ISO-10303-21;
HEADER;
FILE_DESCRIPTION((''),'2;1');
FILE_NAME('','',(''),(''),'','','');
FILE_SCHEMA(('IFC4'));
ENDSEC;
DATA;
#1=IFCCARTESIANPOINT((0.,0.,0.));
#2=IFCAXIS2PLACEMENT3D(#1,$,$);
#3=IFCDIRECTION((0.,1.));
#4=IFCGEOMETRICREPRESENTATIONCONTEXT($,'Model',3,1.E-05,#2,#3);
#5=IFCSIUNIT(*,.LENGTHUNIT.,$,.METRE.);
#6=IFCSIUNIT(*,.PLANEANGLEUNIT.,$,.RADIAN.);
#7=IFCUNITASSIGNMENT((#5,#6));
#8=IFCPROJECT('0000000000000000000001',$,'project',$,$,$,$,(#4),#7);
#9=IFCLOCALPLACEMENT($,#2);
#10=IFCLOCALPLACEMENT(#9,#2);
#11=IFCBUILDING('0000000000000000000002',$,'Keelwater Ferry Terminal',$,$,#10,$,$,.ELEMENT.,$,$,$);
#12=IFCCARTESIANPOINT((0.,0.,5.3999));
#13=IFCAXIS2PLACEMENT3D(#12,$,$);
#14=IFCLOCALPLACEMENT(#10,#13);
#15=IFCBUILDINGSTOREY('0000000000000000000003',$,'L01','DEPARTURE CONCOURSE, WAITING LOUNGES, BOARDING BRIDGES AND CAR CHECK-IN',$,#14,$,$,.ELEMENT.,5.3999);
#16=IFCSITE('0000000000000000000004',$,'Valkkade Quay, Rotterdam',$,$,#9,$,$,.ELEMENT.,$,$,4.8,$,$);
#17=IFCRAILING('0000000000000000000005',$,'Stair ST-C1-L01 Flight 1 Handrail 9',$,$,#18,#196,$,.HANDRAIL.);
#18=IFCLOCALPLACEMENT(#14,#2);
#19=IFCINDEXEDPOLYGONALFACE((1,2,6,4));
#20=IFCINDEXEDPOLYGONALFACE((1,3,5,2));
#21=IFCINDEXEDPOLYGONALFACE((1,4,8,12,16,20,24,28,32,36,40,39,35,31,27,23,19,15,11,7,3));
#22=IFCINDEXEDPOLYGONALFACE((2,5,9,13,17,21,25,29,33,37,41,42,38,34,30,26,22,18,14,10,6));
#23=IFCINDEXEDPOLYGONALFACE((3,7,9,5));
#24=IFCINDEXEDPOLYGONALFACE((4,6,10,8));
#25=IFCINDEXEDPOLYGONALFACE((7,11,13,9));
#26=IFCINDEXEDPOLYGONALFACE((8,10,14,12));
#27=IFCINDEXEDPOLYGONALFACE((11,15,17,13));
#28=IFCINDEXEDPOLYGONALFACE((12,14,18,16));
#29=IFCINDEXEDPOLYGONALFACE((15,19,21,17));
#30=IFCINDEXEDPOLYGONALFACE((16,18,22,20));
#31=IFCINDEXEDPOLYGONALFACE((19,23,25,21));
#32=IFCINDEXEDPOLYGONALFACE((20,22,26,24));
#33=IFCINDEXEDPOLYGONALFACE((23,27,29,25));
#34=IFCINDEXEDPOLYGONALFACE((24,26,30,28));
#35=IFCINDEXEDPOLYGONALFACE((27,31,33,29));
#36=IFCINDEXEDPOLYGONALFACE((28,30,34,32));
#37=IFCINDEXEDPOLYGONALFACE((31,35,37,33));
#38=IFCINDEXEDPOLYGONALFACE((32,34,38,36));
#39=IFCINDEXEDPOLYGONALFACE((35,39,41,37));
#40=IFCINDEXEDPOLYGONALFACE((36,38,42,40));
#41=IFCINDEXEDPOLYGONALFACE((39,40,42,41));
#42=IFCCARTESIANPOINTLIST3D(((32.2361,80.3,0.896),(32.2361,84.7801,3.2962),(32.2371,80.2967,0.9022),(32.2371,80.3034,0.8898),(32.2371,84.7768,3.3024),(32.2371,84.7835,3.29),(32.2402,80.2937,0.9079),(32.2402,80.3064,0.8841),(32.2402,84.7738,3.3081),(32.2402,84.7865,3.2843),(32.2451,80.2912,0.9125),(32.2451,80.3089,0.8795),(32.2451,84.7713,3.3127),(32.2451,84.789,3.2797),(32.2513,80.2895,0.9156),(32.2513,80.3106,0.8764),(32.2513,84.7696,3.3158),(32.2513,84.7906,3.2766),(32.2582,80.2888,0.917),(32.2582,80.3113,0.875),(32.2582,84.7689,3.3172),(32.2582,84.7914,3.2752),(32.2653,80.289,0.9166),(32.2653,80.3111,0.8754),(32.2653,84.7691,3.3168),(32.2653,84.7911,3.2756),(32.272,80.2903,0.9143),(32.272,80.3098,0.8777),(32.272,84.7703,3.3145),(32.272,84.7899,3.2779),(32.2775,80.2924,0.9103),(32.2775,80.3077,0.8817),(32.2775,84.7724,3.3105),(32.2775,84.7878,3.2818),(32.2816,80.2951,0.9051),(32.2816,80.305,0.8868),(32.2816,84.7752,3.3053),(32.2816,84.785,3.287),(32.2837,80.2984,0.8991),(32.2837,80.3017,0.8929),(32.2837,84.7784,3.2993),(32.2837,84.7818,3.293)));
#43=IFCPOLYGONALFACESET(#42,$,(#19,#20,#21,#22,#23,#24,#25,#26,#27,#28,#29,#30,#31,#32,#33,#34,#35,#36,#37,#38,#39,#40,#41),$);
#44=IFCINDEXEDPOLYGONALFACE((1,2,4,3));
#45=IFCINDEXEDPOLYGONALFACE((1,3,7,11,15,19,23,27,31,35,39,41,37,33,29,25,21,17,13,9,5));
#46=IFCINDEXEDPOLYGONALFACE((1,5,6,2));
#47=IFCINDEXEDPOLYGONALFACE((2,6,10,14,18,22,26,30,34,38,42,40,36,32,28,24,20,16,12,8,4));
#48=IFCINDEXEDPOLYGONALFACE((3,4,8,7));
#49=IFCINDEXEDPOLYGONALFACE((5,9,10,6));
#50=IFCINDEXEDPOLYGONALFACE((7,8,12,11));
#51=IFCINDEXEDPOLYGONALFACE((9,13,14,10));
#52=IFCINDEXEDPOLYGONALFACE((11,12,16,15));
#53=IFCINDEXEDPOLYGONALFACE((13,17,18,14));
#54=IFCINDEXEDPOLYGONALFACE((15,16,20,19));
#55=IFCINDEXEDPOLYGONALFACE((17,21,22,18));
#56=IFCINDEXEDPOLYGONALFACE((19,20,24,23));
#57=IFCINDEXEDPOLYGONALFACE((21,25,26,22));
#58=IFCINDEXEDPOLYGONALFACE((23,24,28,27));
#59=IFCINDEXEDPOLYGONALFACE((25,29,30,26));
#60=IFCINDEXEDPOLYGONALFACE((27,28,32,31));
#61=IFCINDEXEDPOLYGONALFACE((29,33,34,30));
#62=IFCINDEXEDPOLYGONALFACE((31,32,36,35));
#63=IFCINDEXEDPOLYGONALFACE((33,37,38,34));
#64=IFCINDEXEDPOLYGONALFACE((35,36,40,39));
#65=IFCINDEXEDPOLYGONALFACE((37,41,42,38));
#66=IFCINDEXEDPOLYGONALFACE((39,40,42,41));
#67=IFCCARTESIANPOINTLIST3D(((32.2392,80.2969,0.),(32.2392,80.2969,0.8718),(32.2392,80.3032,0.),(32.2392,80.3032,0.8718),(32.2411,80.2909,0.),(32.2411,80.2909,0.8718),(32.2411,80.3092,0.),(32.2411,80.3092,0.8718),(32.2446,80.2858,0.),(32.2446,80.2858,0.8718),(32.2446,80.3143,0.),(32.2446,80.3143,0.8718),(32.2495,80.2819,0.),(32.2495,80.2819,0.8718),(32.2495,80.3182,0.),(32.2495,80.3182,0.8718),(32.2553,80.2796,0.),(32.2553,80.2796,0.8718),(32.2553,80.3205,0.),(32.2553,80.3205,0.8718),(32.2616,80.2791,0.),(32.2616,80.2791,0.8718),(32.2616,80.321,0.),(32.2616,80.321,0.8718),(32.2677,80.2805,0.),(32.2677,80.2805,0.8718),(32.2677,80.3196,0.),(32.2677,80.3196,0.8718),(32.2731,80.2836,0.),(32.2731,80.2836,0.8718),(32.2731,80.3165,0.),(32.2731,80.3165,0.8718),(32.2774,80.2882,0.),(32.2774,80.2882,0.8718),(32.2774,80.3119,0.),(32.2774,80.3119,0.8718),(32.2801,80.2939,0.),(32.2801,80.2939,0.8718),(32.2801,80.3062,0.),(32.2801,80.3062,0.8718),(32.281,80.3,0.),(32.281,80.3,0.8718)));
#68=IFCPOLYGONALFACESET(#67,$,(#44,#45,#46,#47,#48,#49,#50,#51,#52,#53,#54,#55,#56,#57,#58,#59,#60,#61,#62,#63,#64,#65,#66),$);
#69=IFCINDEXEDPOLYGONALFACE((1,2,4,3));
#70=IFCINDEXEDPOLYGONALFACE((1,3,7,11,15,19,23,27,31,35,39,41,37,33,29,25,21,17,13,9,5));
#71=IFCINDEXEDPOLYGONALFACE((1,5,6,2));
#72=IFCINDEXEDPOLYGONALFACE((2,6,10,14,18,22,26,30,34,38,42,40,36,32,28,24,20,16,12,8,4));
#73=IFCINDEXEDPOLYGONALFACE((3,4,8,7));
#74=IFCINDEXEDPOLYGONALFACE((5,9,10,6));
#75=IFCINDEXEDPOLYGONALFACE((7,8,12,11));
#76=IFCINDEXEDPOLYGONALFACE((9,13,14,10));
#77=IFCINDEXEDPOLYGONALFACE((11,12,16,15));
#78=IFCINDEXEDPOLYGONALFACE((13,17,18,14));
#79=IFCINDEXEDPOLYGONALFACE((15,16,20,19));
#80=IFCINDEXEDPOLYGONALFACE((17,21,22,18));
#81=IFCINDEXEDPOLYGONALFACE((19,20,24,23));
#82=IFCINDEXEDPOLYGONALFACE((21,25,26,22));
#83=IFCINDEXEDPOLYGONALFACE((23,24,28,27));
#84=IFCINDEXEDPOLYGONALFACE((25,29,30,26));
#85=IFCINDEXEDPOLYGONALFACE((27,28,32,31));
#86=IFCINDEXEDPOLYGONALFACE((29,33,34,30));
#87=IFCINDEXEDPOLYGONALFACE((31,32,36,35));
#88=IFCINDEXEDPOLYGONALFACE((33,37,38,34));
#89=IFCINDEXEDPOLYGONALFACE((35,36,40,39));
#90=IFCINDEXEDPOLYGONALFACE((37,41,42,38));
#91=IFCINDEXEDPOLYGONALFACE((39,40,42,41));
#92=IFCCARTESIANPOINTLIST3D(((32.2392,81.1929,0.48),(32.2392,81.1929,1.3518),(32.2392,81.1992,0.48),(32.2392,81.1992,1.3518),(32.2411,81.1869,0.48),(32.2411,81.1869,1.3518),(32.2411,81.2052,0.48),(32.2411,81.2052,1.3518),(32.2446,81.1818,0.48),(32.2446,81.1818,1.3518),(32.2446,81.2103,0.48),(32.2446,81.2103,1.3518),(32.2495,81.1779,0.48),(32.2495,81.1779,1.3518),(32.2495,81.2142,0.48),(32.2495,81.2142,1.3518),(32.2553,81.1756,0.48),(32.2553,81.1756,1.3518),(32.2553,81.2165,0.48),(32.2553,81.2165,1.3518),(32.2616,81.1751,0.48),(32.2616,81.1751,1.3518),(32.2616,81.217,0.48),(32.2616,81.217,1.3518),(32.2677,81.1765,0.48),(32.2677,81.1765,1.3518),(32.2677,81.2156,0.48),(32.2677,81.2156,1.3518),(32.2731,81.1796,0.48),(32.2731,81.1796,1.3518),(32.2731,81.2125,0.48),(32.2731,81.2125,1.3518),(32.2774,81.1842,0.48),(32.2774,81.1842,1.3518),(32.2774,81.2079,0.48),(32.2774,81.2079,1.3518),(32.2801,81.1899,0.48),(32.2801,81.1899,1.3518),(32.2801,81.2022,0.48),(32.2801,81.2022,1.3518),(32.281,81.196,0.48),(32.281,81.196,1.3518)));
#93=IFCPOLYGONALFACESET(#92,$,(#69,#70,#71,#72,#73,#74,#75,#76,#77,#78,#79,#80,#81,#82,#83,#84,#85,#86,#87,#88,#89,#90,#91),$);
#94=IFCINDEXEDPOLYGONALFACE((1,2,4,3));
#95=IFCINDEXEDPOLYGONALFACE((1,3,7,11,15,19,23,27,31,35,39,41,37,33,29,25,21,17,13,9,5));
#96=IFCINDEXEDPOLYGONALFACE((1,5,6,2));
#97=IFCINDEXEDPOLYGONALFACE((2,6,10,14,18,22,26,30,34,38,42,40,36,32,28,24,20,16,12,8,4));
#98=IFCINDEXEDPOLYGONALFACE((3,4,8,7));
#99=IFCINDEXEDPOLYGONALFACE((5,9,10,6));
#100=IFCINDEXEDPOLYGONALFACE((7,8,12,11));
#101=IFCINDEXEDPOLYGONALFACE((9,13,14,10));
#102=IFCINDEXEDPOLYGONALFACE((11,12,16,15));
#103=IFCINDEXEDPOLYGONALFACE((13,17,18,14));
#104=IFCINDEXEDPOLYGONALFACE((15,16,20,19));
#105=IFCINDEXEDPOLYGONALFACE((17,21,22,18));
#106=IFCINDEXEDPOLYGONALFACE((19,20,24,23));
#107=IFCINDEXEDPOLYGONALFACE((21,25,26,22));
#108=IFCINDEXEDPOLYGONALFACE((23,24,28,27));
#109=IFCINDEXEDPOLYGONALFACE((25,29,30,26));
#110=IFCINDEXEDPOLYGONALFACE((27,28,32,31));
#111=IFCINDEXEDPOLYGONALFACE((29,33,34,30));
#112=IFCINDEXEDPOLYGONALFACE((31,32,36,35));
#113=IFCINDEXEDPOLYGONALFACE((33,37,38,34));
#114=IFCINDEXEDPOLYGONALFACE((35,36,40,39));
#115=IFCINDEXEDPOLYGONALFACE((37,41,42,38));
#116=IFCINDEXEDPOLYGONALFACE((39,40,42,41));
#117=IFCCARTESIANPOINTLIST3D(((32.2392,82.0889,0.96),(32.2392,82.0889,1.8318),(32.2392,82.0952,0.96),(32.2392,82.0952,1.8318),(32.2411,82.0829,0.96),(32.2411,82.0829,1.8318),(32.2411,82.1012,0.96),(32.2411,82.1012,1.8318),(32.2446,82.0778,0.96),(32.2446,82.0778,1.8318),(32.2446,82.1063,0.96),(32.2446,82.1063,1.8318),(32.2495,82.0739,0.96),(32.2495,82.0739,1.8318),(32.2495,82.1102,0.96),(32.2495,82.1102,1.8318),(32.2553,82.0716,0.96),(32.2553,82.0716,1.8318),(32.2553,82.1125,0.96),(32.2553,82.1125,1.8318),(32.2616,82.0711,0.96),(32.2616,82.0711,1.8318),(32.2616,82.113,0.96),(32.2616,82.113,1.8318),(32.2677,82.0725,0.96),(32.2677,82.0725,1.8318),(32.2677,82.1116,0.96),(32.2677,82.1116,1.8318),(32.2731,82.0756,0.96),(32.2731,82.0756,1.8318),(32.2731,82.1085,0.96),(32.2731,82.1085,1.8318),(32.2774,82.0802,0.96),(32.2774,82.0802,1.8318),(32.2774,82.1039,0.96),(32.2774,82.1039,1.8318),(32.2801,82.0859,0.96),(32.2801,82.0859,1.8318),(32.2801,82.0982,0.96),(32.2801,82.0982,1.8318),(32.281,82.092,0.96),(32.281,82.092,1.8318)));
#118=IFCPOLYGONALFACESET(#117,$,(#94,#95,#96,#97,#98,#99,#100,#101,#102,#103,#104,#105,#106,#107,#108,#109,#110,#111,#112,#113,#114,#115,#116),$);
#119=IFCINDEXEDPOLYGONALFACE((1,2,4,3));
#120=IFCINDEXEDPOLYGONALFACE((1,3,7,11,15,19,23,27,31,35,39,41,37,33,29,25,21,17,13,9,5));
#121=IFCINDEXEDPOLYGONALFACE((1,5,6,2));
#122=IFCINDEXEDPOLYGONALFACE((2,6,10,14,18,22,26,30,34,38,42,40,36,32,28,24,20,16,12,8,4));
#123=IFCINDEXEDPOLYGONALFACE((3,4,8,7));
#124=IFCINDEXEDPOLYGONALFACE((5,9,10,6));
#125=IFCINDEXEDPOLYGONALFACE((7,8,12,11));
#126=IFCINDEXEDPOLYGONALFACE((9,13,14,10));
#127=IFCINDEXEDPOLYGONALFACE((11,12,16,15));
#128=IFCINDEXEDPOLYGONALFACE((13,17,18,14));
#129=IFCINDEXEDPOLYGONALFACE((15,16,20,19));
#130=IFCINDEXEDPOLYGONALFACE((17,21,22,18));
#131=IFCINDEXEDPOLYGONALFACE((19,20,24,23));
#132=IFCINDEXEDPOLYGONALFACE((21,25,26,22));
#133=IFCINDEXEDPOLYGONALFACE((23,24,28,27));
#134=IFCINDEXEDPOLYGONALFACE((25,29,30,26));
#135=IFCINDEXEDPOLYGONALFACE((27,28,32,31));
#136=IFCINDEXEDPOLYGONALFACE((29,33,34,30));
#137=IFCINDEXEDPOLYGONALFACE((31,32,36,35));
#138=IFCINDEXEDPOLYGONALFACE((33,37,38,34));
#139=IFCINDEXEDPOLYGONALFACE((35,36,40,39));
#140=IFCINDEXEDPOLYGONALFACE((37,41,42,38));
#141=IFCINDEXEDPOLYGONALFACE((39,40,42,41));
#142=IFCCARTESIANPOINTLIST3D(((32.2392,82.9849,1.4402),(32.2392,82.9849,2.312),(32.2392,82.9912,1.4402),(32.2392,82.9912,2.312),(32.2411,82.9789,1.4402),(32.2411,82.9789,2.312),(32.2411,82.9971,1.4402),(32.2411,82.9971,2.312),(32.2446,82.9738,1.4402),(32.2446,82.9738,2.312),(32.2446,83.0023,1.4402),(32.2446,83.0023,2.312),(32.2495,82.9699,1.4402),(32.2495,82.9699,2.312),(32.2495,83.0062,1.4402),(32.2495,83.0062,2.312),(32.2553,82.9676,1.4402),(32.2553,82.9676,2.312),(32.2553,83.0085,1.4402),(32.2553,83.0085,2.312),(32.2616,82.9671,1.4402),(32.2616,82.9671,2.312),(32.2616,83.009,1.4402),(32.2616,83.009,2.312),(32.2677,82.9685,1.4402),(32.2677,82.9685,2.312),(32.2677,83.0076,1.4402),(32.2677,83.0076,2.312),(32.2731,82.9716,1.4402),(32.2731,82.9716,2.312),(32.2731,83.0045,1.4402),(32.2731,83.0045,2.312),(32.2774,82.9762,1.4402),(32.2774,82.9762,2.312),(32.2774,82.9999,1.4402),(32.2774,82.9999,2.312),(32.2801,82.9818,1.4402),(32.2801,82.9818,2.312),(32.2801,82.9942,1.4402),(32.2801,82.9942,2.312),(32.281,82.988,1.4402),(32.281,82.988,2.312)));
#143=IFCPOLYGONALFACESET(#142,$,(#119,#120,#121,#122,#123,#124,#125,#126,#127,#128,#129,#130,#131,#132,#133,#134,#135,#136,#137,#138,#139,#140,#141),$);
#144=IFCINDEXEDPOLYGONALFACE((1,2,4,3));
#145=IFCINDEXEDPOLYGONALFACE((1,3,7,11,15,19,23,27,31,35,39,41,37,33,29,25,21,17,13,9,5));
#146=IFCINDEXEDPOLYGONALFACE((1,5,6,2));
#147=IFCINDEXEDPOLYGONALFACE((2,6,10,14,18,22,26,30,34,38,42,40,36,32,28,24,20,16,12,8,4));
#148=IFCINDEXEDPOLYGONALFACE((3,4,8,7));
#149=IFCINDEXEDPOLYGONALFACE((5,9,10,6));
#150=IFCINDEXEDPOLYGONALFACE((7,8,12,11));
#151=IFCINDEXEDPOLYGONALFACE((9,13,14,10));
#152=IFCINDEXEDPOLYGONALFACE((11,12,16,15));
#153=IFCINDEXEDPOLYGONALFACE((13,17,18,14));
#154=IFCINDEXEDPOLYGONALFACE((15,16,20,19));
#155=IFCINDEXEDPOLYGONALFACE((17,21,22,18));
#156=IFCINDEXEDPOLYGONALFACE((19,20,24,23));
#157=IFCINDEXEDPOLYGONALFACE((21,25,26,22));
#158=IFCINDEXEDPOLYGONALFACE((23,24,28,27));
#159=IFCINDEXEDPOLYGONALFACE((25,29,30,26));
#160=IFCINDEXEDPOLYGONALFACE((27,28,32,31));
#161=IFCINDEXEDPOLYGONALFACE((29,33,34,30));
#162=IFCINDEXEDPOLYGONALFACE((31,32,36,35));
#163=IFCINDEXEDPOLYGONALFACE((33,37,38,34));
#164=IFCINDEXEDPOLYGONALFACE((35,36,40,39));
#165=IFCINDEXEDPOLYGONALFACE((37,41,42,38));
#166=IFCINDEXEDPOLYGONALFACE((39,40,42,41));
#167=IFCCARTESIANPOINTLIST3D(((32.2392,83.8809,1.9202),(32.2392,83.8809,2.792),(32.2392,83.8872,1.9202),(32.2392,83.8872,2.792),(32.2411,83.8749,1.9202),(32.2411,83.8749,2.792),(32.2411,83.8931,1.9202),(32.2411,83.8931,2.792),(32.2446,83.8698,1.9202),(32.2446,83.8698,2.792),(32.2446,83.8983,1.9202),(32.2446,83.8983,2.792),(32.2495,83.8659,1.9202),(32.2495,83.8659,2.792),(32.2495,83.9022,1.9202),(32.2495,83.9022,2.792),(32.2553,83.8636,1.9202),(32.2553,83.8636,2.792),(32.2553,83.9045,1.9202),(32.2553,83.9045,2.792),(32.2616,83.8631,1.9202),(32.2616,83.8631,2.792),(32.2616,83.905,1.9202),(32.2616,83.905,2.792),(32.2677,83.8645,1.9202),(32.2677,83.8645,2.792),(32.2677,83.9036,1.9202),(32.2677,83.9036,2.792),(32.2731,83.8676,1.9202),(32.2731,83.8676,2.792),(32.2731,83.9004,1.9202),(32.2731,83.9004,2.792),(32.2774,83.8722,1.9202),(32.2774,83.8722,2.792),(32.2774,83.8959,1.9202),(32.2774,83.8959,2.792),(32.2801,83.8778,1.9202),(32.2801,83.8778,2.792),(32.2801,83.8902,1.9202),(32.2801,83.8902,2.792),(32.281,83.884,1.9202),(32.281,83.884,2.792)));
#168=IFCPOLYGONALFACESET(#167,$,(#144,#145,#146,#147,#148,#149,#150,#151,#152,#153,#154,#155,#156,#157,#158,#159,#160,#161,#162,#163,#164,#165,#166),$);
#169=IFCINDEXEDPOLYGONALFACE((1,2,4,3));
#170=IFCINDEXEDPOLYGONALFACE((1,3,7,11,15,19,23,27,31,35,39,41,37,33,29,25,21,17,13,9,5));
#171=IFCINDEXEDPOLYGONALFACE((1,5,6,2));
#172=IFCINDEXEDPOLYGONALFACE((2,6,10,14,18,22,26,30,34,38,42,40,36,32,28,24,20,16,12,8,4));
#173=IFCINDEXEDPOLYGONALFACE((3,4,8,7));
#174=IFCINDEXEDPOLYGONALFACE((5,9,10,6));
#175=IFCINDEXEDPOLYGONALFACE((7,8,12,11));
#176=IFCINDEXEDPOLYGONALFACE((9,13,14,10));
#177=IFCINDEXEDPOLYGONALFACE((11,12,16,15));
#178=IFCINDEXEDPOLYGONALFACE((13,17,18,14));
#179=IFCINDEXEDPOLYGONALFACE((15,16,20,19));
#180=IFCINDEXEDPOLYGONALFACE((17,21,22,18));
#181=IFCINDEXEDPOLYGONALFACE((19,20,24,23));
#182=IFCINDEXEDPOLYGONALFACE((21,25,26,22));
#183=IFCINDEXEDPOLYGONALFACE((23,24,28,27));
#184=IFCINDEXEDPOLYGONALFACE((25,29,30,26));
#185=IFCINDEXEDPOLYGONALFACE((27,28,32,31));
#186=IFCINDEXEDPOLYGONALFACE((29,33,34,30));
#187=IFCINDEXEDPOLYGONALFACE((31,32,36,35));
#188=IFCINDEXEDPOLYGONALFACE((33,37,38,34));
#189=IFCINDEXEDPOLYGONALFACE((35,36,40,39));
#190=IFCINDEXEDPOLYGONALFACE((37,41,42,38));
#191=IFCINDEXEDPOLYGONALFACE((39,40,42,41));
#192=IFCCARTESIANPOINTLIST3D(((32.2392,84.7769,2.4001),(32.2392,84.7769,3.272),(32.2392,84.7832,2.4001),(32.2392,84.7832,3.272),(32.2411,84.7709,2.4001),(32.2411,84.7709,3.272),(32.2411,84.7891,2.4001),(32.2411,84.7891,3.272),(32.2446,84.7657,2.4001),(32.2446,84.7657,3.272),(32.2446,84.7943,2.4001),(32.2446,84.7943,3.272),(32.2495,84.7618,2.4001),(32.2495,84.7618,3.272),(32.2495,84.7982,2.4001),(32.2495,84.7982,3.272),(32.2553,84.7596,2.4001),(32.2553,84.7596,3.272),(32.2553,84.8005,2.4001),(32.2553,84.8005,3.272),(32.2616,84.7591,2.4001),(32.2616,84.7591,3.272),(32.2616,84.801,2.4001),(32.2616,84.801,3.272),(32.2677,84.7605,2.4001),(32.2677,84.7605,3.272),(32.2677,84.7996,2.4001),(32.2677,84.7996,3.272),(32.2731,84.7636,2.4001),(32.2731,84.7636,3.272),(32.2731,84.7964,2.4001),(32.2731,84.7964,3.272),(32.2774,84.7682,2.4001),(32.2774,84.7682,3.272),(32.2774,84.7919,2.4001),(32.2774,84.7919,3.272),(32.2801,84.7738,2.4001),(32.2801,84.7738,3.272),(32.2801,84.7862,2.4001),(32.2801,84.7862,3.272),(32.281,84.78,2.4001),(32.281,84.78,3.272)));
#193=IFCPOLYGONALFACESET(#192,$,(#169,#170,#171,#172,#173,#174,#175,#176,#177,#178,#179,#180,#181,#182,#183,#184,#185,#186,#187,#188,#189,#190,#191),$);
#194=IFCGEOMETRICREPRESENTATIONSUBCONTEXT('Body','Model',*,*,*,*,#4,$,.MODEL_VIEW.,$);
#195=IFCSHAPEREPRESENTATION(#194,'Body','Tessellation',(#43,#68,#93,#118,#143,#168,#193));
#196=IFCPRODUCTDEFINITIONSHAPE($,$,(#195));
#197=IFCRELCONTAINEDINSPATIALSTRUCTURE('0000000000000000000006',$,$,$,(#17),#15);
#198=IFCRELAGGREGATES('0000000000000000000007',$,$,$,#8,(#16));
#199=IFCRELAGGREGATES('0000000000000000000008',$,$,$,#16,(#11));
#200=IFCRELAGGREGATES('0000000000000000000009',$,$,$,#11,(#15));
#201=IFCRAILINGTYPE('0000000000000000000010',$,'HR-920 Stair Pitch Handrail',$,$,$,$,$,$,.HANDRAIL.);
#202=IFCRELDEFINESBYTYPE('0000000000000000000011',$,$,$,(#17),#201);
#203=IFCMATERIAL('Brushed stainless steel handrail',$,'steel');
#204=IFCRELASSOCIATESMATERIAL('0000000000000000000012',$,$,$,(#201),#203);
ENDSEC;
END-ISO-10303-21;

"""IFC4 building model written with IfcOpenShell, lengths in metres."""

from ifc_helpers import new_model, si_unit, direction, frame, origin, origin_2d, place, context, subcontext, project, spatial, circle, extrude, material, type_object, element, save


model = new_model("IFC4")

# Units and contexts
model_context = context("Model", 3, precision=1e-05, world=origin(), true_north=direction((0.0, 1.0)))
body_context = subcontext(model_context, "Body", "Model", "MODEL_VIEW")
ifc_project = project(units=[si_unit("LENGTHUNIT", "METRE"), si_unit("PLANEANGLEUNIT", "RADIAN")], contexts=[model_context])

# Site, building, storey
site_placement = place(None, origin())
site = spatial("IfcSite", under=ifc_project, at=site_placement, Name="Valkkade Quay, Rotterdam", CompositionType="ELEMENT", RefElevation=4.8)
building_placement = place(site_placement, origin())
building = spatial("IfcBuilding", under=site, at=building_placement, Name="Keelwater Ferry Terminal", CompositionType="ELEMENT")
storey_placement = place(building_placement, frame((0.0, 0.0, 5.3999)))
storey = spatial("IfcBuildingStorey", under=building, at=storey_placement, Name="L01", Description="DEPARTURE CONCOURSE, WAITING LOUNGES, BOARDING BRIDGES AND CAR CHECK-IN", CompositionType="ELEMENT", Elevation=5.3999)

# Railing
ifc_material_1 = material(Name="Brushed stainless steel handrail", Category="steel")
railing_type_1 = type_object("IfcRailingType", Name="HR-920 Stair Pitch Handrail", PredefinedType="HANDRAIL", material=ifc_material_1)
railing_1_placement = place(storey_placement, frame((32.26, 80.3, 0.0)))
element("IfcRailing", 1, at=railing_1_placement, inside=storey, type_object=railing_type_1, Name="Stair ST-C1-L01 Flight 1 Handrail 9", PredefinedType="HANDRAIL", context=body_context, shape_type="SweptSolid", body=[
    extrude(circle(Radius=0.0239, at=origin_2d()), frame((0.0, 0.0, 0.896), z_axis=(0.0, 0.881467, 0.472245), x_axis=(-1.0, 0.0, 0.0)), (0.0, 0.0, 1.0), 5.0825),
    extrude(circle(Radius=0.021, at=origin_2d()), origin(), (0.0, 0.0, 1.0), 0.8718),
    extrude(circle(Radius=0.021, at=origin_2d()), frame((0.0, 0.896, 0.48)), (0.0, 0.0, 1.0), 0.8718),
    extrude(circle(Radius=0.021, at=origin_2d()), frame((0.0, 1.792, 0.96)), (0.0, 0.0, 1.0), 0.8718),
    extrude(circle(Radius=0.021, at=origin_2d()), frame((0.0, 2.688, 1.4402)), (0.0, 0.0, 1.0), 0.8718),
    extrude(circle(Radius=0.021, at=origin_2d()), frame((0.0, 3.584, 1.9202)), (0.0, 0.0, 1.0), 0.8718),
    extrude(circle(Radius=0.021, at=origin_2d()), frame((0.0, 4.48, 2.4001)), (0.0, 0.0, 1.0), 0.8718),
])

save(model, "model.ifc")
